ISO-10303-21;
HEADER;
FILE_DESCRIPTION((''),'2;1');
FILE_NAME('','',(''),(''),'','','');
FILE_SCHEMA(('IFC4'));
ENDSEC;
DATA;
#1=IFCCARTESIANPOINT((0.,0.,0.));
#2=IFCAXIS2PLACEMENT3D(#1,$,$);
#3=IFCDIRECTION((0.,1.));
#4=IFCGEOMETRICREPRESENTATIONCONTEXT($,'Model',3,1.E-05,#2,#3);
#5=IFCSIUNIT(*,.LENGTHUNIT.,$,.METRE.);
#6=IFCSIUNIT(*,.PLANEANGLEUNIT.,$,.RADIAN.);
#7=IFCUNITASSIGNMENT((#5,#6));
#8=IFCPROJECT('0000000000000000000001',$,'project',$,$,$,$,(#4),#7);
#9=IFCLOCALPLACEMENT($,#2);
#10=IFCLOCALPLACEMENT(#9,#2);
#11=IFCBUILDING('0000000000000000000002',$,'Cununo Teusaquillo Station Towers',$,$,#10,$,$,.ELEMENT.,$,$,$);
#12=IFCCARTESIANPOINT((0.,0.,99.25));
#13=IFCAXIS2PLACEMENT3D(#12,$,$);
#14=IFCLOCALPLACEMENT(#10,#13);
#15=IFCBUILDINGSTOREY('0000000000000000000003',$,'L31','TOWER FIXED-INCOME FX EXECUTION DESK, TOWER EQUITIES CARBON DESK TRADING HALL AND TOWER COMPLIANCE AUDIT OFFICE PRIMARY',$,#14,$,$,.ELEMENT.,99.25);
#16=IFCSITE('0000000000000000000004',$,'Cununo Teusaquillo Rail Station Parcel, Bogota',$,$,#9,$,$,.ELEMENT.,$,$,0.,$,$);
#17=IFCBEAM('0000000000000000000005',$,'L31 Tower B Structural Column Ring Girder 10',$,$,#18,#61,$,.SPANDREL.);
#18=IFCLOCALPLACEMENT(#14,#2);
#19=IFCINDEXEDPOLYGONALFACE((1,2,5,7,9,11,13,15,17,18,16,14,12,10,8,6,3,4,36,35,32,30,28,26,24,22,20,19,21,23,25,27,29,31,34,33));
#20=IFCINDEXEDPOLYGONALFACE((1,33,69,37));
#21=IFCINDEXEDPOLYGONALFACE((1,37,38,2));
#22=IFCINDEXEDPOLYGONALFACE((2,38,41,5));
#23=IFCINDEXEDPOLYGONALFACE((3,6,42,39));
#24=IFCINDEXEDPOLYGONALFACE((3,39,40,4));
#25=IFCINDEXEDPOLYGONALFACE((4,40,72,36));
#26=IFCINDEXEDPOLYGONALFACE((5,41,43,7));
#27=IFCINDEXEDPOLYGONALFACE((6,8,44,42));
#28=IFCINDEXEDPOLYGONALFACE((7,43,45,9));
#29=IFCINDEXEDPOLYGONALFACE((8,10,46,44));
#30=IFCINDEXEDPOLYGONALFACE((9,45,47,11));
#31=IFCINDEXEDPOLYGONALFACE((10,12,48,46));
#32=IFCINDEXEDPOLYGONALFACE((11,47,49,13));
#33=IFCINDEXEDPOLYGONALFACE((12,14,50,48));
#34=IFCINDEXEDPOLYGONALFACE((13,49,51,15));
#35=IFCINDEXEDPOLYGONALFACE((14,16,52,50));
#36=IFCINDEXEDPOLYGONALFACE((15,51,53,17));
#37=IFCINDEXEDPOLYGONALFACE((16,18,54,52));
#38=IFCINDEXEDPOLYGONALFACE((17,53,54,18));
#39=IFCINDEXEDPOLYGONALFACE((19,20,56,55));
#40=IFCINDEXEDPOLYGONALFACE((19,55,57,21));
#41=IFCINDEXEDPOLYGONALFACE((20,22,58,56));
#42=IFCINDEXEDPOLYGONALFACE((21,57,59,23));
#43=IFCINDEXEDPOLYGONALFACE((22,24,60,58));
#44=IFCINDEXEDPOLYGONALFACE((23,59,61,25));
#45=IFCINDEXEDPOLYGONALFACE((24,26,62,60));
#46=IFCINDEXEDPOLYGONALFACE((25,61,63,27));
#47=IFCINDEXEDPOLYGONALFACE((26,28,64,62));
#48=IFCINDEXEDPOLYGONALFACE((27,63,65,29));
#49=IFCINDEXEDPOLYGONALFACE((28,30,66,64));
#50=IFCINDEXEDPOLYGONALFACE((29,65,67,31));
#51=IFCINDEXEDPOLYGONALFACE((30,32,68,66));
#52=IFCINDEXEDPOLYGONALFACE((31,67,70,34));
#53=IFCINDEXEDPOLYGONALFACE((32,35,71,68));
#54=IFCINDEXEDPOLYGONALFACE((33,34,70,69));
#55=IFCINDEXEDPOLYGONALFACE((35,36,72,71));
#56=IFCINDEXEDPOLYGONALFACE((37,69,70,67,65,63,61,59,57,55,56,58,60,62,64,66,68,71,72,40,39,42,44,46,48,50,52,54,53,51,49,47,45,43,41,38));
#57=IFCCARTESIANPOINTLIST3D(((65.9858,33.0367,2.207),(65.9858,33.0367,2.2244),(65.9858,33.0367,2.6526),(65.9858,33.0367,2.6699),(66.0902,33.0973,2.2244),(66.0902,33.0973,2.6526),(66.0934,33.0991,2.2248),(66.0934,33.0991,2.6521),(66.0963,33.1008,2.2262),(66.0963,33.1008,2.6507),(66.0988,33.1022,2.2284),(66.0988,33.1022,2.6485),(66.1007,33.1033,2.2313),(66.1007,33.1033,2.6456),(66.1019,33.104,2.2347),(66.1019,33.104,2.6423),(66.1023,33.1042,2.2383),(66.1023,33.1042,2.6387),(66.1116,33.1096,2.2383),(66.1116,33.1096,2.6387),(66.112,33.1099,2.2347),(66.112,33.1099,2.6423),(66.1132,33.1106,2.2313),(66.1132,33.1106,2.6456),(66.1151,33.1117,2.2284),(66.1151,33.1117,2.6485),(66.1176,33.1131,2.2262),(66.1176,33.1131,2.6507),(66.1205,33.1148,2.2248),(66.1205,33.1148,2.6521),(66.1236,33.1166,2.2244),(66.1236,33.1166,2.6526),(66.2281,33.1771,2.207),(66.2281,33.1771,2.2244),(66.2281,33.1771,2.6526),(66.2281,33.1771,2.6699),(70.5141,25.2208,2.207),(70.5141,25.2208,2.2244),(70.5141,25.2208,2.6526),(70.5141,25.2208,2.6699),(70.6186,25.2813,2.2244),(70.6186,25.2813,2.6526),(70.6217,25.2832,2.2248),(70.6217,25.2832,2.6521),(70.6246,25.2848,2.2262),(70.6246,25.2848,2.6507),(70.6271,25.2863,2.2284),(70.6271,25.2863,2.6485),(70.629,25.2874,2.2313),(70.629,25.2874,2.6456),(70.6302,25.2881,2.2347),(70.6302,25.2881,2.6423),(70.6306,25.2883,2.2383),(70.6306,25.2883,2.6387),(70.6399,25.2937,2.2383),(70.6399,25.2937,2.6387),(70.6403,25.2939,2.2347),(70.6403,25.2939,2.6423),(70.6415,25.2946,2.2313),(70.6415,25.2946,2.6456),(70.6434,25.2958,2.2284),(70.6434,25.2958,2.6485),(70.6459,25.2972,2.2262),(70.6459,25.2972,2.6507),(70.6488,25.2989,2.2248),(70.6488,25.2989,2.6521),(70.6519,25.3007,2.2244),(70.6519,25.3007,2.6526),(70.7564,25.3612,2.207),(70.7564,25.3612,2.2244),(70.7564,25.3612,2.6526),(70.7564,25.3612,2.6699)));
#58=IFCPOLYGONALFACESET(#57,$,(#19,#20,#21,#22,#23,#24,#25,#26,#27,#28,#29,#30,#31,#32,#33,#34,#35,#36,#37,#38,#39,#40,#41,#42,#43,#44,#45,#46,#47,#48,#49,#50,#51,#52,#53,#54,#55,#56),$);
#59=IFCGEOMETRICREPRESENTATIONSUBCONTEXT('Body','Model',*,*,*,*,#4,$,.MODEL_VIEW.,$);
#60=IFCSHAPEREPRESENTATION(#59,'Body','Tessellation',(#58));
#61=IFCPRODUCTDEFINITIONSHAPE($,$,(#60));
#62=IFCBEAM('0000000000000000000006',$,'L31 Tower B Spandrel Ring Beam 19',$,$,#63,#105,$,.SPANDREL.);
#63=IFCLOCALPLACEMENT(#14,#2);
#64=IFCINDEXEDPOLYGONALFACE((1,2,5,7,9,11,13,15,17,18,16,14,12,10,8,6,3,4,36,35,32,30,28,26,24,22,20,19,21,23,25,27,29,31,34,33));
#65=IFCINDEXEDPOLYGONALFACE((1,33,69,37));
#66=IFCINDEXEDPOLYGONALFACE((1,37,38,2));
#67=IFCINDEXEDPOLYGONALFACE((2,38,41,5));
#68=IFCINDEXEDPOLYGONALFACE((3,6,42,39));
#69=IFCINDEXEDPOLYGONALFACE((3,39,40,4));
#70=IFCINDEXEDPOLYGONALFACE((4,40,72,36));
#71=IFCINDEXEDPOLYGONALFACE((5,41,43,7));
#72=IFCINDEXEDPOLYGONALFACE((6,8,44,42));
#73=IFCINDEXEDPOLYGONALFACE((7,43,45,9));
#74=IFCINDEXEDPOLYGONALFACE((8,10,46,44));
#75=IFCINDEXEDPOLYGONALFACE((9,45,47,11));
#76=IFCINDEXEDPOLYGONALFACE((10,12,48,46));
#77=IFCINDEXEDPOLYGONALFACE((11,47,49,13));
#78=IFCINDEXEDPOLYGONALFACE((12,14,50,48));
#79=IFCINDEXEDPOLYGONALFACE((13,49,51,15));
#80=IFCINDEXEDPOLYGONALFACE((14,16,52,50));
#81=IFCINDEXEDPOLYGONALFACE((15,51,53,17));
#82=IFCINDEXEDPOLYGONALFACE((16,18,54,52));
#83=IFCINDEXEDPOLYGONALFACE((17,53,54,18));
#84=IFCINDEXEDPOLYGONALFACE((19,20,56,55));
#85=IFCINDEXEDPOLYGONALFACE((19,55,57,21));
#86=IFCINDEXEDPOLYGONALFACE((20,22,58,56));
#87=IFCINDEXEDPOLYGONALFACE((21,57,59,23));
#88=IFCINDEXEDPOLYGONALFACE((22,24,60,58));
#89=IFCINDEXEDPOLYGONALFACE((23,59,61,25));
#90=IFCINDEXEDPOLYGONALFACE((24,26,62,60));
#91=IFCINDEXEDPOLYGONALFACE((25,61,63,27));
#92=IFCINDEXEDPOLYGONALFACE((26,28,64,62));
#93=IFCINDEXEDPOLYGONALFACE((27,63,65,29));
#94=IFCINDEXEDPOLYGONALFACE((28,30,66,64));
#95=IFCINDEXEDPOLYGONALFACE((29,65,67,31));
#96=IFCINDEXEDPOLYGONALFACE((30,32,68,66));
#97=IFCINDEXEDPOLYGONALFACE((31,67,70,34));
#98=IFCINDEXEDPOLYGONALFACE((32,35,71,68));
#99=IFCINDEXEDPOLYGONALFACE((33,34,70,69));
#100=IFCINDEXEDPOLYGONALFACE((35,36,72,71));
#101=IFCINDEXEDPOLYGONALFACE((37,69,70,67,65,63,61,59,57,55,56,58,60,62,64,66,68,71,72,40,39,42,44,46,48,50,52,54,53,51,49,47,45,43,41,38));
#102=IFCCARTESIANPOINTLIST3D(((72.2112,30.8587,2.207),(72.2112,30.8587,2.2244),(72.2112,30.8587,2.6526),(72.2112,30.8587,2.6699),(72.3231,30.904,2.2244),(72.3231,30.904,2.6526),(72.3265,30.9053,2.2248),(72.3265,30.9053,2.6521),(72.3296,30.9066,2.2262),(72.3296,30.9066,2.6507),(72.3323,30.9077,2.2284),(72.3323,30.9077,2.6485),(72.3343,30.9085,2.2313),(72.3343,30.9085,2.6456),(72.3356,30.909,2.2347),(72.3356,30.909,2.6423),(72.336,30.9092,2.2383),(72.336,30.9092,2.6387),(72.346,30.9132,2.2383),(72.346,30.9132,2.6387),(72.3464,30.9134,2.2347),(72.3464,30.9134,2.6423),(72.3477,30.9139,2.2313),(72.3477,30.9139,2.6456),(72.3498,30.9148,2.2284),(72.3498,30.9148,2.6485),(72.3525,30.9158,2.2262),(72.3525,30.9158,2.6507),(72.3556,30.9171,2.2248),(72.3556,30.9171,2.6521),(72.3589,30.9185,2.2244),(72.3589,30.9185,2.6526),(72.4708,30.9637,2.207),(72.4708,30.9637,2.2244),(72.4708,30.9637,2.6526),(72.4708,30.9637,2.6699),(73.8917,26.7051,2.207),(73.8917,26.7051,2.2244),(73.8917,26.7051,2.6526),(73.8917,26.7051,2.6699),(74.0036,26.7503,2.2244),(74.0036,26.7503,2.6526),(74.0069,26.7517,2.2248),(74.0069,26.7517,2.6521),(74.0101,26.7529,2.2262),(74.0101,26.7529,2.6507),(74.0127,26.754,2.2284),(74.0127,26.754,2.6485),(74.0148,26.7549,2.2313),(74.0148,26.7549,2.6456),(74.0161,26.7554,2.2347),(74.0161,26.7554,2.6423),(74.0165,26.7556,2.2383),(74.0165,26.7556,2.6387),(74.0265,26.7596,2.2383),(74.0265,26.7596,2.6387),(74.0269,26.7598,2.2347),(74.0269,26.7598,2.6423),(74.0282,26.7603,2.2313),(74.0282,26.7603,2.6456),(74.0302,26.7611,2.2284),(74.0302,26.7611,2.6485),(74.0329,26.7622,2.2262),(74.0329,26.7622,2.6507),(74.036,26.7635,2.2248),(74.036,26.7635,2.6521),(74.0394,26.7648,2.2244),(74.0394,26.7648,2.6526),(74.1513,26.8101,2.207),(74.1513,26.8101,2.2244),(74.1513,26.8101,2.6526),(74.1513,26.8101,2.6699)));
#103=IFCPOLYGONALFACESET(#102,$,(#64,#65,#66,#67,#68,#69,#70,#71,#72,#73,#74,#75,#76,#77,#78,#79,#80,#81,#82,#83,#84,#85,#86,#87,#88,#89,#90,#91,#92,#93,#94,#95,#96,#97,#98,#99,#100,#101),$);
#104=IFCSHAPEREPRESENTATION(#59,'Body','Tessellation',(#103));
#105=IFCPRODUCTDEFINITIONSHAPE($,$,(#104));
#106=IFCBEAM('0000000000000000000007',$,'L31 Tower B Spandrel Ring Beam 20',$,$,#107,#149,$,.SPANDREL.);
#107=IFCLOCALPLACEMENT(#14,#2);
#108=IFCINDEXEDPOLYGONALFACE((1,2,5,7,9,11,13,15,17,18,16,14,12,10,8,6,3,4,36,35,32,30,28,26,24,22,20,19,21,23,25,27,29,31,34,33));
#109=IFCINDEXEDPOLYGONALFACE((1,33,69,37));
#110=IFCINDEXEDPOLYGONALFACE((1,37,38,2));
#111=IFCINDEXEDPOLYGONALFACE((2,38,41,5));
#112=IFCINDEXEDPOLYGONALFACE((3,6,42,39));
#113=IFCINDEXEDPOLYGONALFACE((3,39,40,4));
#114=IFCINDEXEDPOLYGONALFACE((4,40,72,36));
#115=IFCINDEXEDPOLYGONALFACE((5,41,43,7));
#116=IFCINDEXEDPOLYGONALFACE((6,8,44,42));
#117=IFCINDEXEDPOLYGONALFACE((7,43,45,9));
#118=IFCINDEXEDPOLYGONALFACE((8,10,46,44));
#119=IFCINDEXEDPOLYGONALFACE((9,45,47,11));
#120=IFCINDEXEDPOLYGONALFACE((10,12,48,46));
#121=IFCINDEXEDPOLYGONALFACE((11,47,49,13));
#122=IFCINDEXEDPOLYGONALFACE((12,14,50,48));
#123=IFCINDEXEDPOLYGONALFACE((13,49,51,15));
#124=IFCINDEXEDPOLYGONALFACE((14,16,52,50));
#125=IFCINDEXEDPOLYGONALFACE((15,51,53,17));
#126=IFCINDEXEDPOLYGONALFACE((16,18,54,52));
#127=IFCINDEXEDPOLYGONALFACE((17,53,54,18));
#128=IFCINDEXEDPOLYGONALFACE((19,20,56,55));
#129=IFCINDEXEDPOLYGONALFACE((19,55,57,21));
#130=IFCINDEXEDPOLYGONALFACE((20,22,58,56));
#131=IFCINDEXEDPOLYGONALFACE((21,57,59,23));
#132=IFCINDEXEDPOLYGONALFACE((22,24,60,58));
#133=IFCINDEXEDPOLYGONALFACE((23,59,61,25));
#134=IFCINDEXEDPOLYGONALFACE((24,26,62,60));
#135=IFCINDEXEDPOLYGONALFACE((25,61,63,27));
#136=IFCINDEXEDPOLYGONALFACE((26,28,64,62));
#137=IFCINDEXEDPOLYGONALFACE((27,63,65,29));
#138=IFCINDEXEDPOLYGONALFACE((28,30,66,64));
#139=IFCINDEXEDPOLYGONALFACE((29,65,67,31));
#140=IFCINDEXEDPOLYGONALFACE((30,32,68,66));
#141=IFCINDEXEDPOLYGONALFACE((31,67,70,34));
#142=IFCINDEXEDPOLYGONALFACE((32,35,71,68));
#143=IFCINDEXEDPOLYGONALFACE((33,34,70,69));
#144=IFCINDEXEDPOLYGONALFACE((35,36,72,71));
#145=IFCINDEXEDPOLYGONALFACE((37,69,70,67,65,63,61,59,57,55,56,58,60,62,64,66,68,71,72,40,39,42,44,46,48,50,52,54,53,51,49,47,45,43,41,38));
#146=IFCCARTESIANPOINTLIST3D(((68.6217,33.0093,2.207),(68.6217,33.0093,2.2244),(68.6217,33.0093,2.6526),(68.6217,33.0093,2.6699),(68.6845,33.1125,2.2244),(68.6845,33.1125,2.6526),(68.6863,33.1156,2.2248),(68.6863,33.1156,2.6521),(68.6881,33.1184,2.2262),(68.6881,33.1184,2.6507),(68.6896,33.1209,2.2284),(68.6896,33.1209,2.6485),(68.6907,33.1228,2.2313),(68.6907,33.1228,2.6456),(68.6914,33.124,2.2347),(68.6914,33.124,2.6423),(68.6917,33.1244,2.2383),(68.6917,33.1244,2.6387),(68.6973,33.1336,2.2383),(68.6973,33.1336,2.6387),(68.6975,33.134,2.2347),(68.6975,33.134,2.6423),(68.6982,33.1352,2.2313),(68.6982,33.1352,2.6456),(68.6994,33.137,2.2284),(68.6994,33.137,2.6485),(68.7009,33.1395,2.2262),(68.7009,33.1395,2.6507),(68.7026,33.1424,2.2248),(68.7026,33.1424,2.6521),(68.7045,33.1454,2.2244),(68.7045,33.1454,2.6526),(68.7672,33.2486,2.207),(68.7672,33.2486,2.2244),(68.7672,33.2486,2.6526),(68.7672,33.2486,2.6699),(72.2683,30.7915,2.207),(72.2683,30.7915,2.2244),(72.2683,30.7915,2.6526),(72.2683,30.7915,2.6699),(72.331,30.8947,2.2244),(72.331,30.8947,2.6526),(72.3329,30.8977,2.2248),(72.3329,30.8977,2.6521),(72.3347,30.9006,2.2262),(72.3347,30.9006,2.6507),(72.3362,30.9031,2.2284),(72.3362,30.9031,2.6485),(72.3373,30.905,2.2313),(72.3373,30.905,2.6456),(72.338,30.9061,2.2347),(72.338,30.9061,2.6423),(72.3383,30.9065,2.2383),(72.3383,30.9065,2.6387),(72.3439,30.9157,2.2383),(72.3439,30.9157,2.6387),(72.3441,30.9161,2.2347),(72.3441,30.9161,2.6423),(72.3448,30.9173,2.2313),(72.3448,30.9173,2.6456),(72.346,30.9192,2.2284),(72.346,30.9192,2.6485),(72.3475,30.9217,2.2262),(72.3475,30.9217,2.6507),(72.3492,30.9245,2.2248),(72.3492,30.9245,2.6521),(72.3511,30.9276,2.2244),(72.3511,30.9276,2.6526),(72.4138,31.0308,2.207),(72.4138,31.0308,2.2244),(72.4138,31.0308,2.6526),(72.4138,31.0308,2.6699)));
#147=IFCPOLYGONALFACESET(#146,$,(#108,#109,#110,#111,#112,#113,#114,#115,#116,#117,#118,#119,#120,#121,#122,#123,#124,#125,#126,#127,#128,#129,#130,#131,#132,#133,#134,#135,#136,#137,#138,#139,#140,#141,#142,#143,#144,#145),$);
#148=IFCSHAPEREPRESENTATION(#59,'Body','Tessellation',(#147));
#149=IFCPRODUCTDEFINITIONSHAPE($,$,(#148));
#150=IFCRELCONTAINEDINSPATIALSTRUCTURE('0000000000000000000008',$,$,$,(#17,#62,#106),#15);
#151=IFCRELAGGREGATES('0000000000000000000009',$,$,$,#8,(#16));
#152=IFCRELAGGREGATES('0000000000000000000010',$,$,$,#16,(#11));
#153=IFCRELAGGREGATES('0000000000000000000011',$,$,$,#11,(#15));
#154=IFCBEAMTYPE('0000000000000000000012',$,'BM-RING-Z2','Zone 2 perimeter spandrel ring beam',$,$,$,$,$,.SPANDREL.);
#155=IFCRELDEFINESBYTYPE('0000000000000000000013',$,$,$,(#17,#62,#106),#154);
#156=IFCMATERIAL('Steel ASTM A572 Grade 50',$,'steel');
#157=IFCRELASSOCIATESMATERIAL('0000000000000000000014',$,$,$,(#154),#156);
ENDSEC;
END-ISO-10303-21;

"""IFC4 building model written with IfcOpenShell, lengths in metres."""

from ifc_helpers import new_model, si_unit, direction, frame, origin, origin_2d, place, context, subcontext, project, spatial, i_section, extrude, material, material_profile, profile_set, type_object, element, save


model = new_model("IFC4")

# Units and contexts
model_context = context("Model", 3, precision=1e-05, world=origin(), true_north=direction((0.0, 1.0)))
body_context = subcontext(model_context, "Body", "Model", "MODEL_VIEW")
ifc_project = project(units=[si_unit("LENGTHUNIT", "METRE"), si_unit("PLANEANGLEUNIT", "RADIAN")], contexts=[model_context])

# Site, building, storey
site_placement = place(None, origin())
site = spatial("IfcSite", under=ifc_project, at=site_placement, Name="Cununo Teusaquillo Rail Station Parcel, Bogota", CompositionType="ELEMENT", RefElevation=0.0)
building_placement = place(site_placement, origin())
building = spatial("IfcBuilding", under=site, at=building_placement, Name="Cununo Teusaquillo Station Towers", CompositionType="ELEMENT")
storey_placement = place(building_placement, frame((0.0, 0.0, 99.25)))
storey = spatial("IfcBuildingStorey", under=building, at=storey_placement, Name="L31", Description="TOWER FIXED-INCOME FX EXECUTION DESK, TOWER EQUITIES CARBON DESK TRADING HALL AND TOWER COMPLIANCE AUDIT OFFICE PRIMARY", CompositionType="ELEMENT", Elevation=99.25)

# Beams
ifc_material_1 = material(Name="Steel ASTM A572 Grade 50", Category="steel")
ifc_material_profile_1 = material_profile(ifc_material_1, i_section(OverallWidth=0.28, OverallDepth=0.4629, WebThickness=0.0107, FlangeThickness=0.0173, FilletRadius=0.0139, at=origin_2d()), Name="W18X76")
ifc_profile_set_1 = profile_set([ifc_material_profile_1], Name="Steel ASTM A572 Grade 50")
beam_type_1 = type_object("IfcBeamType", Name="BM-RING-Z2", Description="Zone 2 perimeter spandrel ring beam", PredefinedType="SPANDREL", material=ifc_profile_set_1)
for number, where, z_axis, x_axis, name in (
    (1, (70.6353, 25.291, 2.4385), (-0.501311, 0.865267, 0.0), (-0.865267, -0.501311, 0.0), "L31 Tower B Structural Column Ring Girder 10"),
):
    element("IfcBeam", number, at=place(storey_placement, frame(where, z_axis=z_axis, x_axis=x_axis)), inside=storey, type_object=beam_type_1, Name=name, PredefinedType="SPANDREL", context=body_context, shape_type="SweptSolid", body=[
        extrude(i_section(OverallWidth=0.28, OverallDepth=0.4629, WebThickness=0.0107, FlangeThickness=0.0173, FilletRadius=0.0139, at=origin_2d()), origin(), (0.0, 0.0, 1.0), 9.033),
    ])
beam_1_placement = place(storey_placement, frame((74.0215, 26.7576, 2.4385), z_axis=(-0.375042, 0.927008, 0.0), x_axis=(-0.927008, -0.375042, 0.0)))
element("IfcBeam", 2, at=beam_1_placement, inside=storey, type_object=beam_type_1, Name="L31 Tower B Spandrel Ring Beam 19", PredefinedType="SPANDREL", context=body_context, shape_type="SweptSolid", body=[
    extrude(i_section(OverallWidth=0.28, OverallDepth=0.4629, WebThickness=0.0107, FlangeThickness=0.0173, FilletRadius=0.0139, at=origin_2d()), origin(), (0.0, 0.0, 1.0), 4.4807),
])
beam_2_placement = place(storey_placement, frame((72.3411, 30.9111, 2.4385), z_axis=(-0.854388, 0.519635, 0.0), x_axis=(-0.519635, -0.854388, 0.0)))
element("IfcBeam", 3, at=beam_2_placement, inside=storey, type_object=beam_type_1, Name="L31 Tower B Spandrel Ring Beam 20", PredefinedType="SPANDREL", context=body_context, shape_type="SweptSolid", body=[
    extrude(i_section(OverallWidth=0.28, OverallDepth=0.4629, WebThickness=0.0107, FlangeThickness=0.0173, FilletRadius=0.0139, at=origin_2d()), origin(), (0.0, 0.0, 1.0), 4.2681),
])

save(model, "model.ifc")
